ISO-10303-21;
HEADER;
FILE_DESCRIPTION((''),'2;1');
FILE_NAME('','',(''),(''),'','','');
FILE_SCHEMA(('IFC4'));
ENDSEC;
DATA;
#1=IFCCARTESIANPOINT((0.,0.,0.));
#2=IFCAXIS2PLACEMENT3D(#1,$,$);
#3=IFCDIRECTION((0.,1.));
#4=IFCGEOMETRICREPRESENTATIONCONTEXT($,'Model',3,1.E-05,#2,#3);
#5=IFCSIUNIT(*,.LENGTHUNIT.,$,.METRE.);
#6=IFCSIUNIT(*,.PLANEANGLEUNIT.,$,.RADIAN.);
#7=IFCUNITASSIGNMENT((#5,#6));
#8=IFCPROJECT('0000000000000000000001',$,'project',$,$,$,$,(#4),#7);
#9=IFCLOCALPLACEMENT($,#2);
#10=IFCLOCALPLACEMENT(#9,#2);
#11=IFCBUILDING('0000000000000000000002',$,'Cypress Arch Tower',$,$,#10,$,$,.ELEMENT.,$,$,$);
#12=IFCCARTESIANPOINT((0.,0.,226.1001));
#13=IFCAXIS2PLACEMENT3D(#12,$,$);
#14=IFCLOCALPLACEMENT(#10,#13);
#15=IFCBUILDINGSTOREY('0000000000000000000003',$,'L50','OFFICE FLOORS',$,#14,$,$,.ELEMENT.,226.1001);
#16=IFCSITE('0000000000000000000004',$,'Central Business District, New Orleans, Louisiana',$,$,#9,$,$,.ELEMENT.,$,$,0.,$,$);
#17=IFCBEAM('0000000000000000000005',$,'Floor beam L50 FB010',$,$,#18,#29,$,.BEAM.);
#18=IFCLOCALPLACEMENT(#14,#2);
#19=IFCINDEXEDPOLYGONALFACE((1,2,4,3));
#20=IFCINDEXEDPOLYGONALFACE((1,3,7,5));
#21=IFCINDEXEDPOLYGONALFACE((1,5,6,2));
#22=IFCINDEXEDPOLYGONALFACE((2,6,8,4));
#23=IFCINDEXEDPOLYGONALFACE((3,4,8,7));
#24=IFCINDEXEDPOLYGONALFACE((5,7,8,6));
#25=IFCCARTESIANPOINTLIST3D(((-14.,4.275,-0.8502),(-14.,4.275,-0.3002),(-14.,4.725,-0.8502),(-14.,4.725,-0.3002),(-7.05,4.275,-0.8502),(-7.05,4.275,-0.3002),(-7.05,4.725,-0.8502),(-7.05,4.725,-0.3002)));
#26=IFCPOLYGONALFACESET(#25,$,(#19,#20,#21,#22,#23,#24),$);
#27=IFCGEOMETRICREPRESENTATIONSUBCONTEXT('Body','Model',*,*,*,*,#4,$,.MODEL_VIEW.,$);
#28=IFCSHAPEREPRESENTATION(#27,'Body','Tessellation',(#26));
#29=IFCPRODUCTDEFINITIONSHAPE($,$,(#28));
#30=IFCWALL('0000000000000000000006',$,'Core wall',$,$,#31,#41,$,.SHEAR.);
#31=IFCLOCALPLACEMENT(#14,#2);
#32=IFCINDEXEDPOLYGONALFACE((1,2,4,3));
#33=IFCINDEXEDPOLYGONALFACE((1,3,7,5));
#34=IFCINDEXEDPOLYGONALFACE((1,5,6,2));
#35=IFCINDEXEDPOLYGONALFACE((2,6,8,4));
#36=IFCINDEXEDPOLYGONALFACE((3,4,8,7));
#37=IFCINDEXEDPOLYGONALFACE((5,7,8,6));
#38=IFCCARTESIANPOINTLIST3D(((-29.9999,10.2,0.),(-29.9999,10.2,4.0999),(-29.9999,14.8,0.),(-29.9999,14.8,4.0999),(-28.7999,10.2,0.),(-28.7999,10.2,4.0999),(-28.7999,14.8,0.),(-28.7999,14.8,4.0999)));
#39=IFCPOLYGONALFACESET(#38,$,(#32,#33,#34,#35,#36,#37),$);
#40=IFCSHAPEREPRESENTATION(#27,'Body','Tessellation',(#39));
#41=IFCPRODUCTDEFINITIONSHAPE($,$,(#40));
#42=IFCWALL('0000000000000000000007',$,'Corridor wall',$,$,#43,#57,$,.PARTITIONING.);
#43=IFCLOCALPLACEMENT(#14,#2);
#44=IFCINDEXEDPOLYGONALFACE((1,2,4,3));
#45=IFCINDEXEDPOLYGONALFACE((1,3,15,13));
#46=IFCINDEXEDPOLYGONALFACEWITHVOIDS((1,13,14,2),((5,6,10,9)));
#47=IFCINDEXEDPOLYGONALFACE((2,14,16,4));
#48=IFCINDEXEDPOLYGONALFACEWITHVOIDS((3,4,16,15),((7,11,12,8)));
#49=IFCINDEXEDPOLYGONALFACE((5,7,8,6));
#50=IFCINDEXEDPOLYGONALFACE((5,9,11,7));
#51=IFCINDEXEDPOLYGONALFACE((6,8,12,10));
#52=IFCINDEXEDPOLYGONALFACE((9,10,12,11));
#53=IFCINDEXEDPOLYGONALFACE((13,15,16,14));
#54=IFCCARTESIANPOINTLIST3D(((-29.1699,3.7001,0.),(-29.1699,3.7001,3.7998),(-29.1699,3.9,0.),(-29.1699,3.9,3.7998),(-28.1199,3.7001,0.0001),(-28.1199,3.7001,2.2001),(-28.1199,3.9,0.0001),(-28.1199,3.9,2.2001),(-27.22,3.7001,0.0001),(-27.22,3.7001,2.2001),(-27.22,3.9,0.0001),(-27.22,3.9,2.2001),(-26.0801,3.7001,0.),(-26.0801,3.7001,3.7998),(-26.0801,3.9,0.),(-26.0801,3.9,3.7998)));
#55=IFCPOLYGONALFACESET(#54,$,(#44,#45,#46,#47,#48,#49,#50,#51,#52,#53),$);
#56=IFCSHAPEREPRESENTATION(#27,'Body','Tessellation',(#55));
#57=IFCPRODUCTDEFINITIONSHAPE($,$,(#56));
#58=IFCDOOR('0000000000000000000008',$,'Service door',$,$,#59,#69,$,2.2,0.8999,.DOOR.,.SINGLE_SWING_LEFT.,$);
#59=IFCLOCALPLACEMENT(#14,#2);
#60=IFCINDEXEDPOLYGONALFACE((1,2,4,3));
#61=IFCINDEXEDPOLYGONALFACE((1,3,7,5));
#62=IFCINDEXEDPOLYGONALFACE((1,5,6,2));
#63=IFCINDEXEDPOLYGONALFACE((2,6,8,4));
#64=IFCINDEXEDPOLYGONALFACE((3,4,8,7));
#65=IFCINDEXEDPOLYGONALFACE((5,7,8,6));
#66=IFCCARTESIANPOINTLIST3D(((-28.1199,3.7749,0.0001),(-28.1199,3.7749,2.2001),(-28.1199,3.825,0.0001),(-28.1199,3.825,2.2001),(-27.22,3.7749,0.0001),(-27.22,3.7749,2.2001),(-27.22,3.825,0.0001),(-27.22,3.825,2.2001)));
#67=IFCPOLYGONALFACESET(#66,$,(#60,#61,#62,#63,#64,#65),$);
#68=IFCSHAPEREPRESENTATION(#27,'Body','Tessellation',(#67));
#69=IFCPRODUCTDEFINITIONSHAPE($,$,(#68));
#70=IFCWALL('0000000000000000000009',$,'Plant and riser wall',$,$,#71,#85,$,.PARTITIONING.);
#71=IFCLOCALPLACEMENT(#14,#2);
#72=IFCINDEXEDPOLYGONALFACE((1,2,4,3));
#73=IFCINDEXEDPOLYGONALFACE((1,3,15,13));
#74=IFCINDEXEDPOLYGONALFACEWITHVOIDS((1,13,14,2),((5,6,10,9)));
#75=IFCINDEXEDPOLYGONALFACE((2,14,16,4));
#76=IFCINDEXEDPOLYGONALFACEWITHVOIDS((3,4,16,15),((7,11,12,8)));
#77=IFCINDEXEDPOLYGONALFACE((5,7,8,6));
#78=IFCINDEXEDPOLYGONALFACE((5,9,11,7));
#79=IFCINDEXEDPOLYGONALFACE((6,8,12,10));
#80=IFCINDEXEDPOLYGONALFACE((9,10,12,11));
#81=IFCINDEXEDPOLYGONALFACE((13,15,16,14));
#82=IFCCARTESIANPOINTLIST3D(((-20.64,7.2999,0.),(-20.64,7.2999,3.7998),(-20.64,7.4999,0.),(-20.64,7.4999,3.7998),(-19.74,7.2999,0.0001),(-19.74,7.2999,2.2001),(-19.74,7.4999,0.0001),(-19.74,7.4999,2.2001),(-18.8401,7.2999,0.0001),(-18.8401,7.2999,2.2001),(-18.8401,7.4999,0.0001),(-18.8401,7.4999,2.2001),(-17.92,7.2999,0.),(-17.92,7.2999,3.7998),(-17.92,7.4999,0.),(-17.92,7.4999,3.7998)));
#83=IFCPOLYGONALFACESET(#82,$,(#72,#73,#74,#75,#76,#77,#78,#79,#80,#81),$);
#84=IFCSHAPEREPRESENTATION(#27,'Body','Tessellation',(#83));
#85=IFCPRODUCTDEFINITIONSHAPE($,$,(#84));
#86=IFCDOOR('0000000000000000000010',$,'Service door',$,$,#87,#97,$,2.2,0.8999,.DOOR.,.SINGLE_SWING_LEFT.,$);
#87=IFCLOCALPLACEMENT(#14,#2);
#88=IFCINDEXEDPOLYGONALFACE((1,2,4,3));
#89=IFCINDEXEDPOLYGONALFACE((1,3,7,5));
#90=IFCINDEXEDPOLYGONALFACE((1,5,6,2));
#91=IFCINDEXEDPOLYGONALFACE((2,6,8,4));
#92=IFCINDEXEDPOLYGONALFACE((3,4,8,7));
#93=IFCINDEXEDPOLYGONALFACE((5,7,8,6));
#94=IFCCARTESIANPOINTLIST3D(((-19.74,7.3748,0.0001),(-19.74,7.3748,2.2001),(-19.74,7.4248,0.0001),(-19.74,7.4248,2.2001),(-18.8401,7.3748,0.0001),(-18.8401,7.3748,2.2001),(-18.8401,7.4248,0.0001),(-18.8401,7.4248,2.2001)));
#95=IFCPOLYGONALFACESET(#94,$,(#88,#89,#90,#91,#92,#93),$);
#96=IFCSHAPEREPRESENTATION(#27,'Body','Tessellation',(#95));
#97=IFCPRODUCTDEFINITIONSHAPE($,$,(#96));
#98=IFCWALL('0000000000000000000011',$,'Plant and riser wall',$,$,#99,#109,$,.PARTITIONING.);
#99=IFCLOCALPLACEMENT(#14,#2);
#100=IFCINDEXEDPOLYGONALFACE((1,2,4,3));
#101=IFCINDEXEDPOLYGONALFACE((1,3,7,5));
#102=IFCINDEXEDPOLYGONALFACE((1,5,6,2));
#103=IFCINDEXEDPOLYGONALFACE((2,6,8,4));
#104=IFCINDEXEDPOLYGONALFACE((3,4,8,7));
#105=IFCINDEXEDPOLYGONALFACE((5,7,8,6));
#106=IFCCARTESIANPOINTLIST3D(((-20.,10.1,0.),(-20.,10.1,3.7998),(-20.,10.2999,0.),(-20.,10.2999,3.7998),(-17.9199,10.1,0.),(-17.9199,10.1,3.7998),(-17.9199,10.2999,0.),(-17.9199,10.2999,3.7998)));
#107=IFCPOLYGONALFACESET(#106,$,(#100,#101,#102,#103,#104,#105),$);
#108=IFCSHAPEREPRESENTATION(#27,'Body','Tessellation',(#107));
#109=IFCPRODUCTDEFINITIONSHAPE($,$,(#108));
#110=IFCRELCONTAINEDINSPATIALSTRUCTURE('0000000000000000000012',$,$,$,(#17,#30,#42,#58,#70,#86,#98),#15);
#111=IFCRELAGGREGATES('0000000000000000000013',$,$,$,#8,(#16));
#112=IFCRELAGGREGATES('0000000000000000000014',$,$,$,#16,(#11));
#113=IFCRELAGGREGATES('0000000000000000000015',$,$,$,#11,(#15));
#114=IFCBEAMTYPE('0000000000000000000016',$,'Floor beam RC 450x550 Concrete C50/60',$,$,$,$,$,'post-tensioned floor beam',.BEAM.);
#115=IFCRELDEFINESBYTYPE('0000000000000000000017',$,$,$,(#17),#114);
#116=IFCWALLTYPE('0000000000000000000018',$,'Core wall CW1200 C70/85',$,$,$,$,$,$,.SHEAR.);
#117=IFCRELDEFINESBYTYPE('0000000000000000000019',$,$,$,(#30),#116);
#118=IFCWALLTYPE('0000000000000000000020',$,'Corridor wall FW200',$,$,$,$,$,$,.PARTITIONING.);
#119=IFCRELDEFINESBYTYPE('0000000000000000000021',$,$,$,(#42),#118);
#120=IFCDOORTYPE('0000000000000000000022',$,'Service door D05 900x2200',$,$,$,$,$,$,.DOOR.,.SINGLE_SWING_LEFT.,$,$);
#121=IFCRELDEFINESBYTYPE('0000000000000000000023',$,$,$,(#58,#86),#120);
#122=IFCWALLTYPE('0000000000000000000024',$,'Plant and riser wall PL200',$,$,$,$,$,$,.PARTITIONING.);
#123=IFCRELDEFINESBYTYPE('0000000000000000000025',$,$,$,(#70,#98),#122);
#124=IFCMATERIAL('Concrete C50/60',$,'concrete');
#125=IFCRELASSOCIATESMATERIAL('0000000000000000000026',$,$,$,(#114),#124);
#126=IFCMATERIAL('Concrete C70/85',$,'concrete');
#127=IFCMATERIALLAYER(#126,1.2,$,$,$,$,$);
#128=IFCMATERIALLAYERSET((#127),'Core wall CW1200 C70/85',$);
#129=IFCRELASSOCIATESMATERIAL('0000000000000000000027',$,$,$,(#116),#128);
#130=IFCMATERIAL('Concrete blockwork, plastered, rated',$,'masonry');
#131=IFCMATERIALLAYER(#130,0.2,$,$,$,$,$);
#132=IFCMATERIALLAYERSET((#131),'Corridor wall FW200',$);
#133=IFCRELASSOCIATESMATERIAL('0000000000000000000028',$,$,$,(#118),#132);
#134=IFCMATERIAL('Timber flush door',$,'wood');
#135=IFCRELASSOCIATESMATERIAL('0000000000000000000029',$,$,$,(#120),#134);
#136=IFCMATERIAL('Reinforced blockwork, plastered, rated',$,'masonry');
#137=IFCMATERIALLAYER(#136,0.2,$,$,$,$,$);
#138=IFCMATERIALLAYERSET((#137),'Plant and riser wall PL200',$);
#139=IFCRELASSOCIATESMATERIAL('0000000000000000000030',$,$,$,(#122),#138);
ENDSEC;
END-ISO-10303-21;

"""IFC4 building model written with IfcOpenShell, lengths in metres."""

from ifc_helpers import new_model, si_unit, direction, frame, frame_2d, origin, origin_2d, place, context, subcontext, project, spatial, rectangle, extrude, material, layer, layer_set, material_profile, profile_set, type_object, element, fill, save


model = new_model("IFC4")

# Units and contexts
model_context = context("Model", 3, precision=1e-05, world=origin(), true_north=direction((0.0, 1.0)))
body_context = subcontext(model_context, "Body", "Model", "MODEL_VIEW")
ifc_project = project(units=[si_unit("LENGTHUNIT", "METRE"), si_unit("PLANEANGLEUNIT", "RADIAN")], contexts=[model_context])

# Site, building, storey
site_placement = place(None, origin())
site = spatial("IfcSite", under=ifc_project, at=site_placement, Name="Central Business District, New Orleans, Louisiana", CompositionType="ELEMENT", RefElevation=0.0)
building_placement = place(site_placement, origin())
building = spatial("IfcBuilding", under=site, at=building_placement, Name="Cypress Arch Tower", CompositionType="ELEMENT")
storey_placement = place(building_placement, frame((0.0, 0.0, 226.1001)))
storey = spatial("IfcBuildingStorey", under=building, at=storey_placement, Name="L50", Description="OFFICE FLOORS", CompositionType="ELEMENT", Elevation=226.1001)

# Beam
ifc_material_1 = material(Name="Concrete C50/60", Category="concrete")
ifc_material_profile = material_profile(ifc_material_1, rectangle(XDim=0.45, YDim=0.55, at=origin_2d()), Name="RC 450x550")
ifc_profile_set = profile_set([ifc_material_profile], Name="Concrete C50/60")
beam_type = type_object("IfcBeamType", Name="Floor beam RC 450x550 Concrete C50/60", ElementType="post-tensioned floor beam", PredefinedType="BEAM", material=ifc_profile_set)
beam_placement = place(storey_placement, frame((-14.0, 4.5, -0.5752), z_axis=(1.0, 0.0, 0.0), x_axis=(0.0, 1.0, 0.0)))
element("IfcBeam", 1, at=beam_placement, inside=storey, type_object=beam_type, Name="Floor beam L50 FB010", PredefinedType="BEAM", context=body_context, shape_type="SweptSolid", body=[
    extrude(rectangle(XDim=0.45, YDim=0.55, at=origin_2d()), origin(), (0.0, 0.0, 1.0), 6.95),
])

# Wall
ifc_material_2 = material(Name="Concrete C70/85", Category="concrete")
ifc_layer_1 = layer(ifc_material_2, 1.2)
ifc_layer_set_1 = layer_set([ifc_layer_1], Name="Core wall CW1200 C70/85")
wall_type_1 = type_object("IfcWallType", Name="Core wall CW1200 C70/85", PredefinedType="SHEAR", material=ifc_layer_set_1)
wall_1_placement = place(storey_placement, frame((-29.3999, 10.2, 0.0), z_axis=(0.0, 0.0, 1.0), x_axis=(0.0, 1.0, 0.0)))
element("IfcWall", 2, at=wall_1_placement, inside=storey, type_object=wall_type_1, Name="Core wall", PredefinedType="SHEAR", context=body_context, shape_type="SweptSolid", body=[
    extrude(rectangle(XDim=4.6001, YDim=1.2, at=frame_2d((2.3, 0.0))), origin(), (0.0, 0.0, 1.0), 4.0999),
])

# Walls, openings, doors
ifc_material_3 = material(Name="Concrete blockwork, plastered, rated", Category="masonry")
ifc_layer_2 = layer(ifc_material_3, 0.2)
ifc_layer_set_2 = layer_set([ifc_layer_2], Name="Corridor wall FW200")
wall_type_2 = type_object("IfcWallType", Name="Corridor wall FW200", PredefinedType="PARTITIONING", material=ifc_layer_set_2)
wall_2_placement = place(storey_placement, frame((-29.1699, 3.8, 0.0), z_axis=(0.0, 0.0, 1.0), x_axis=(1.0, 0.0, 0.0)))
wall_2 = element("IfcWall", 3, at=wall_2_placement, inside=storey, type_object=wall_type_2, Name="Corridor wall", PredefinedType="PARTITIONING", context=body_context, shape_type="SweptSolid", body=[
    extrude(rectangle(XDim=3.0898, YDim=0.2, at=frame_2d((1.5449, 0.0))), origin(), (0.0, 0.0, 1.0), 3.7998),
])
opening_1_placement = place(wall_2_placement, frame((1.05, 0.0, 0.0)))
opening_1 = element("IfcOpeningElement", 4, at=opening_1_placement, cuts=wall_2, PredefinedType="OPENING", context=body_context, shape_type="SweptSolid", body=[
    extrude(rectangle(XDim=0.8999, YDim=2.2, at=frame_2d((0.45, 1.1001))), frame((0.0, 0.1099, 0.0), z_axis=(0.0, -1.0, 0.0), x_axis=(1.0, 0.0, 0.0)), (0.0, 0.0, 1.0), 0.22),
])
ifc_material_4 = material(Name="Timber flush door", Category="wood")
door_type_1 = type_object("IfcDoorType", Name="Service door D05 900x2200", OperationType="SINGLE_SWING_LEFT", PredefinedType="DOOR", material=ifc_material_4)
door_1_placement = place(opening_1_placement, origin())
door_1 = element("IfcDoor", 5, at=door_1_placement, inside=storey, type_object=door_type_1, Name="Service door", OperationType="SINGLE_SWING_LEFT", OverallHeight=2.2, OverallWidth=0.8999, PredefinedType="DOOR", context=body_context, shape_type="SweptSolid", body=[
    extrude(rectangle(XDim=0.8999, YDim=2.2, at=frame_2d((0.45, 1.1001))), frame((0.0, 0.0249, 0.0), z_axis=(0.0, -1.0, 0.0), x_axis=(1.0, 0.0, 0.0)), (0.0, 0.0, 1.0), 0.05),
])
fill(opening_1, door_1)
ifc_material_5 = material(Name="Reinforced blockwork, plastered, rated", Category="masonry")
ifc_layer_3 = layer(ifc_material_5, 0.2)
ifc_layer_set_3 = layer_set([ifc_layer_3], Name="Plant and riser wall PL200")
wall_type_3 = type_object("IfcWallType", Name="Plant and riser wall PL200", PredefinedType="PARTITIONING", material=ifc_layer_set_3)
wall_3_placement = place(storey_placement, frame((-20.6399, 7.3999, 0.0), z_axis=(0.0, 0.0, 1.0), x_axis=(1.0, 0.0, 0.0)))
wall_3 = element("IfcWall", 6, at=wall_3_placement, inside=storey, type_object=wall_type_3, Name="Plant and riser wall", PredefinedType="PARTITIONING", context=body_context, shape_type="SweptSolid", body=[
    extrude(rectangle(XDim=2.72, YDim=0.2, at=frame_2d((1.3599, 0.0))), origin(), (0.0, 0.0, 1.0), 3.7998),
])
opening_2_placement = place(wall_3_placement, frame((0.8999, 0.0, 0.0)))
opening_2 = element("IfcOpeningElement", 7, at=opening_2_placement, cuts=wall_3, PredefinedType="OPENING", context=body_context, shape_type="SweptSolid", body=[
    extrude(rectangle(XDim=0.8999, YDim=2.2, at=frame_2d((0.45, 1.1001))), frame((0.0, 0.1099, 0.0), z_axis=(0.0, -1.0, 0.0), x_axis=(1.0, 0.0, 0.0)), (0.0, 0.0, 1.0), 0.22),
])
door_2_placement = place(opening_2_placement, origin())
door_2 = element("IfcDoor", 8, at=door_2_placement, inside=storey, type_object=door_type_1, Name="Service door", OperationType="SINGLE_SWING_LEFT", OverallHeight=2.2, OverallWidth=0.8999, PredefinedType="DOOR", context=body_context, shape_type="SweptSolid", body=[
    extrude(rectangle(XDim=0.8999, YDim=2.2, at=frame_2d((0.45, 1.1001))), frame((0.0, 0.0249, 0.0), z_axis=(0.0, -1.0, 0.0), x_axis=(1.0, 0.0, 0.0)), (0.0, 0.0, 1.0), 0.05),
])
fill(opening_2, door_2)

# Wall
wall_4_placement = place(storey_placement, frame((-20.0, 10.2, 0.0), z_axis=(0.0, 0.0, 1.0), x_axis=(1.0, 0.0, 0.0)))
element("IfcWall", 9, at=wall_4_placement, inside=storey, type_object=wall_type_3, Name="Plant and riser wall", PredefinedType="PARTITIONING", context=body_context, shape_type="SweptSolid", body=[
    extrude(rectangle(XDim=2.0801, YDim=0.2, at=frame_2d((1.04, 0.0))), origin(), (0.0, 0.0, 1.0), 3.7998),
])

save(model, "model.ifc")
